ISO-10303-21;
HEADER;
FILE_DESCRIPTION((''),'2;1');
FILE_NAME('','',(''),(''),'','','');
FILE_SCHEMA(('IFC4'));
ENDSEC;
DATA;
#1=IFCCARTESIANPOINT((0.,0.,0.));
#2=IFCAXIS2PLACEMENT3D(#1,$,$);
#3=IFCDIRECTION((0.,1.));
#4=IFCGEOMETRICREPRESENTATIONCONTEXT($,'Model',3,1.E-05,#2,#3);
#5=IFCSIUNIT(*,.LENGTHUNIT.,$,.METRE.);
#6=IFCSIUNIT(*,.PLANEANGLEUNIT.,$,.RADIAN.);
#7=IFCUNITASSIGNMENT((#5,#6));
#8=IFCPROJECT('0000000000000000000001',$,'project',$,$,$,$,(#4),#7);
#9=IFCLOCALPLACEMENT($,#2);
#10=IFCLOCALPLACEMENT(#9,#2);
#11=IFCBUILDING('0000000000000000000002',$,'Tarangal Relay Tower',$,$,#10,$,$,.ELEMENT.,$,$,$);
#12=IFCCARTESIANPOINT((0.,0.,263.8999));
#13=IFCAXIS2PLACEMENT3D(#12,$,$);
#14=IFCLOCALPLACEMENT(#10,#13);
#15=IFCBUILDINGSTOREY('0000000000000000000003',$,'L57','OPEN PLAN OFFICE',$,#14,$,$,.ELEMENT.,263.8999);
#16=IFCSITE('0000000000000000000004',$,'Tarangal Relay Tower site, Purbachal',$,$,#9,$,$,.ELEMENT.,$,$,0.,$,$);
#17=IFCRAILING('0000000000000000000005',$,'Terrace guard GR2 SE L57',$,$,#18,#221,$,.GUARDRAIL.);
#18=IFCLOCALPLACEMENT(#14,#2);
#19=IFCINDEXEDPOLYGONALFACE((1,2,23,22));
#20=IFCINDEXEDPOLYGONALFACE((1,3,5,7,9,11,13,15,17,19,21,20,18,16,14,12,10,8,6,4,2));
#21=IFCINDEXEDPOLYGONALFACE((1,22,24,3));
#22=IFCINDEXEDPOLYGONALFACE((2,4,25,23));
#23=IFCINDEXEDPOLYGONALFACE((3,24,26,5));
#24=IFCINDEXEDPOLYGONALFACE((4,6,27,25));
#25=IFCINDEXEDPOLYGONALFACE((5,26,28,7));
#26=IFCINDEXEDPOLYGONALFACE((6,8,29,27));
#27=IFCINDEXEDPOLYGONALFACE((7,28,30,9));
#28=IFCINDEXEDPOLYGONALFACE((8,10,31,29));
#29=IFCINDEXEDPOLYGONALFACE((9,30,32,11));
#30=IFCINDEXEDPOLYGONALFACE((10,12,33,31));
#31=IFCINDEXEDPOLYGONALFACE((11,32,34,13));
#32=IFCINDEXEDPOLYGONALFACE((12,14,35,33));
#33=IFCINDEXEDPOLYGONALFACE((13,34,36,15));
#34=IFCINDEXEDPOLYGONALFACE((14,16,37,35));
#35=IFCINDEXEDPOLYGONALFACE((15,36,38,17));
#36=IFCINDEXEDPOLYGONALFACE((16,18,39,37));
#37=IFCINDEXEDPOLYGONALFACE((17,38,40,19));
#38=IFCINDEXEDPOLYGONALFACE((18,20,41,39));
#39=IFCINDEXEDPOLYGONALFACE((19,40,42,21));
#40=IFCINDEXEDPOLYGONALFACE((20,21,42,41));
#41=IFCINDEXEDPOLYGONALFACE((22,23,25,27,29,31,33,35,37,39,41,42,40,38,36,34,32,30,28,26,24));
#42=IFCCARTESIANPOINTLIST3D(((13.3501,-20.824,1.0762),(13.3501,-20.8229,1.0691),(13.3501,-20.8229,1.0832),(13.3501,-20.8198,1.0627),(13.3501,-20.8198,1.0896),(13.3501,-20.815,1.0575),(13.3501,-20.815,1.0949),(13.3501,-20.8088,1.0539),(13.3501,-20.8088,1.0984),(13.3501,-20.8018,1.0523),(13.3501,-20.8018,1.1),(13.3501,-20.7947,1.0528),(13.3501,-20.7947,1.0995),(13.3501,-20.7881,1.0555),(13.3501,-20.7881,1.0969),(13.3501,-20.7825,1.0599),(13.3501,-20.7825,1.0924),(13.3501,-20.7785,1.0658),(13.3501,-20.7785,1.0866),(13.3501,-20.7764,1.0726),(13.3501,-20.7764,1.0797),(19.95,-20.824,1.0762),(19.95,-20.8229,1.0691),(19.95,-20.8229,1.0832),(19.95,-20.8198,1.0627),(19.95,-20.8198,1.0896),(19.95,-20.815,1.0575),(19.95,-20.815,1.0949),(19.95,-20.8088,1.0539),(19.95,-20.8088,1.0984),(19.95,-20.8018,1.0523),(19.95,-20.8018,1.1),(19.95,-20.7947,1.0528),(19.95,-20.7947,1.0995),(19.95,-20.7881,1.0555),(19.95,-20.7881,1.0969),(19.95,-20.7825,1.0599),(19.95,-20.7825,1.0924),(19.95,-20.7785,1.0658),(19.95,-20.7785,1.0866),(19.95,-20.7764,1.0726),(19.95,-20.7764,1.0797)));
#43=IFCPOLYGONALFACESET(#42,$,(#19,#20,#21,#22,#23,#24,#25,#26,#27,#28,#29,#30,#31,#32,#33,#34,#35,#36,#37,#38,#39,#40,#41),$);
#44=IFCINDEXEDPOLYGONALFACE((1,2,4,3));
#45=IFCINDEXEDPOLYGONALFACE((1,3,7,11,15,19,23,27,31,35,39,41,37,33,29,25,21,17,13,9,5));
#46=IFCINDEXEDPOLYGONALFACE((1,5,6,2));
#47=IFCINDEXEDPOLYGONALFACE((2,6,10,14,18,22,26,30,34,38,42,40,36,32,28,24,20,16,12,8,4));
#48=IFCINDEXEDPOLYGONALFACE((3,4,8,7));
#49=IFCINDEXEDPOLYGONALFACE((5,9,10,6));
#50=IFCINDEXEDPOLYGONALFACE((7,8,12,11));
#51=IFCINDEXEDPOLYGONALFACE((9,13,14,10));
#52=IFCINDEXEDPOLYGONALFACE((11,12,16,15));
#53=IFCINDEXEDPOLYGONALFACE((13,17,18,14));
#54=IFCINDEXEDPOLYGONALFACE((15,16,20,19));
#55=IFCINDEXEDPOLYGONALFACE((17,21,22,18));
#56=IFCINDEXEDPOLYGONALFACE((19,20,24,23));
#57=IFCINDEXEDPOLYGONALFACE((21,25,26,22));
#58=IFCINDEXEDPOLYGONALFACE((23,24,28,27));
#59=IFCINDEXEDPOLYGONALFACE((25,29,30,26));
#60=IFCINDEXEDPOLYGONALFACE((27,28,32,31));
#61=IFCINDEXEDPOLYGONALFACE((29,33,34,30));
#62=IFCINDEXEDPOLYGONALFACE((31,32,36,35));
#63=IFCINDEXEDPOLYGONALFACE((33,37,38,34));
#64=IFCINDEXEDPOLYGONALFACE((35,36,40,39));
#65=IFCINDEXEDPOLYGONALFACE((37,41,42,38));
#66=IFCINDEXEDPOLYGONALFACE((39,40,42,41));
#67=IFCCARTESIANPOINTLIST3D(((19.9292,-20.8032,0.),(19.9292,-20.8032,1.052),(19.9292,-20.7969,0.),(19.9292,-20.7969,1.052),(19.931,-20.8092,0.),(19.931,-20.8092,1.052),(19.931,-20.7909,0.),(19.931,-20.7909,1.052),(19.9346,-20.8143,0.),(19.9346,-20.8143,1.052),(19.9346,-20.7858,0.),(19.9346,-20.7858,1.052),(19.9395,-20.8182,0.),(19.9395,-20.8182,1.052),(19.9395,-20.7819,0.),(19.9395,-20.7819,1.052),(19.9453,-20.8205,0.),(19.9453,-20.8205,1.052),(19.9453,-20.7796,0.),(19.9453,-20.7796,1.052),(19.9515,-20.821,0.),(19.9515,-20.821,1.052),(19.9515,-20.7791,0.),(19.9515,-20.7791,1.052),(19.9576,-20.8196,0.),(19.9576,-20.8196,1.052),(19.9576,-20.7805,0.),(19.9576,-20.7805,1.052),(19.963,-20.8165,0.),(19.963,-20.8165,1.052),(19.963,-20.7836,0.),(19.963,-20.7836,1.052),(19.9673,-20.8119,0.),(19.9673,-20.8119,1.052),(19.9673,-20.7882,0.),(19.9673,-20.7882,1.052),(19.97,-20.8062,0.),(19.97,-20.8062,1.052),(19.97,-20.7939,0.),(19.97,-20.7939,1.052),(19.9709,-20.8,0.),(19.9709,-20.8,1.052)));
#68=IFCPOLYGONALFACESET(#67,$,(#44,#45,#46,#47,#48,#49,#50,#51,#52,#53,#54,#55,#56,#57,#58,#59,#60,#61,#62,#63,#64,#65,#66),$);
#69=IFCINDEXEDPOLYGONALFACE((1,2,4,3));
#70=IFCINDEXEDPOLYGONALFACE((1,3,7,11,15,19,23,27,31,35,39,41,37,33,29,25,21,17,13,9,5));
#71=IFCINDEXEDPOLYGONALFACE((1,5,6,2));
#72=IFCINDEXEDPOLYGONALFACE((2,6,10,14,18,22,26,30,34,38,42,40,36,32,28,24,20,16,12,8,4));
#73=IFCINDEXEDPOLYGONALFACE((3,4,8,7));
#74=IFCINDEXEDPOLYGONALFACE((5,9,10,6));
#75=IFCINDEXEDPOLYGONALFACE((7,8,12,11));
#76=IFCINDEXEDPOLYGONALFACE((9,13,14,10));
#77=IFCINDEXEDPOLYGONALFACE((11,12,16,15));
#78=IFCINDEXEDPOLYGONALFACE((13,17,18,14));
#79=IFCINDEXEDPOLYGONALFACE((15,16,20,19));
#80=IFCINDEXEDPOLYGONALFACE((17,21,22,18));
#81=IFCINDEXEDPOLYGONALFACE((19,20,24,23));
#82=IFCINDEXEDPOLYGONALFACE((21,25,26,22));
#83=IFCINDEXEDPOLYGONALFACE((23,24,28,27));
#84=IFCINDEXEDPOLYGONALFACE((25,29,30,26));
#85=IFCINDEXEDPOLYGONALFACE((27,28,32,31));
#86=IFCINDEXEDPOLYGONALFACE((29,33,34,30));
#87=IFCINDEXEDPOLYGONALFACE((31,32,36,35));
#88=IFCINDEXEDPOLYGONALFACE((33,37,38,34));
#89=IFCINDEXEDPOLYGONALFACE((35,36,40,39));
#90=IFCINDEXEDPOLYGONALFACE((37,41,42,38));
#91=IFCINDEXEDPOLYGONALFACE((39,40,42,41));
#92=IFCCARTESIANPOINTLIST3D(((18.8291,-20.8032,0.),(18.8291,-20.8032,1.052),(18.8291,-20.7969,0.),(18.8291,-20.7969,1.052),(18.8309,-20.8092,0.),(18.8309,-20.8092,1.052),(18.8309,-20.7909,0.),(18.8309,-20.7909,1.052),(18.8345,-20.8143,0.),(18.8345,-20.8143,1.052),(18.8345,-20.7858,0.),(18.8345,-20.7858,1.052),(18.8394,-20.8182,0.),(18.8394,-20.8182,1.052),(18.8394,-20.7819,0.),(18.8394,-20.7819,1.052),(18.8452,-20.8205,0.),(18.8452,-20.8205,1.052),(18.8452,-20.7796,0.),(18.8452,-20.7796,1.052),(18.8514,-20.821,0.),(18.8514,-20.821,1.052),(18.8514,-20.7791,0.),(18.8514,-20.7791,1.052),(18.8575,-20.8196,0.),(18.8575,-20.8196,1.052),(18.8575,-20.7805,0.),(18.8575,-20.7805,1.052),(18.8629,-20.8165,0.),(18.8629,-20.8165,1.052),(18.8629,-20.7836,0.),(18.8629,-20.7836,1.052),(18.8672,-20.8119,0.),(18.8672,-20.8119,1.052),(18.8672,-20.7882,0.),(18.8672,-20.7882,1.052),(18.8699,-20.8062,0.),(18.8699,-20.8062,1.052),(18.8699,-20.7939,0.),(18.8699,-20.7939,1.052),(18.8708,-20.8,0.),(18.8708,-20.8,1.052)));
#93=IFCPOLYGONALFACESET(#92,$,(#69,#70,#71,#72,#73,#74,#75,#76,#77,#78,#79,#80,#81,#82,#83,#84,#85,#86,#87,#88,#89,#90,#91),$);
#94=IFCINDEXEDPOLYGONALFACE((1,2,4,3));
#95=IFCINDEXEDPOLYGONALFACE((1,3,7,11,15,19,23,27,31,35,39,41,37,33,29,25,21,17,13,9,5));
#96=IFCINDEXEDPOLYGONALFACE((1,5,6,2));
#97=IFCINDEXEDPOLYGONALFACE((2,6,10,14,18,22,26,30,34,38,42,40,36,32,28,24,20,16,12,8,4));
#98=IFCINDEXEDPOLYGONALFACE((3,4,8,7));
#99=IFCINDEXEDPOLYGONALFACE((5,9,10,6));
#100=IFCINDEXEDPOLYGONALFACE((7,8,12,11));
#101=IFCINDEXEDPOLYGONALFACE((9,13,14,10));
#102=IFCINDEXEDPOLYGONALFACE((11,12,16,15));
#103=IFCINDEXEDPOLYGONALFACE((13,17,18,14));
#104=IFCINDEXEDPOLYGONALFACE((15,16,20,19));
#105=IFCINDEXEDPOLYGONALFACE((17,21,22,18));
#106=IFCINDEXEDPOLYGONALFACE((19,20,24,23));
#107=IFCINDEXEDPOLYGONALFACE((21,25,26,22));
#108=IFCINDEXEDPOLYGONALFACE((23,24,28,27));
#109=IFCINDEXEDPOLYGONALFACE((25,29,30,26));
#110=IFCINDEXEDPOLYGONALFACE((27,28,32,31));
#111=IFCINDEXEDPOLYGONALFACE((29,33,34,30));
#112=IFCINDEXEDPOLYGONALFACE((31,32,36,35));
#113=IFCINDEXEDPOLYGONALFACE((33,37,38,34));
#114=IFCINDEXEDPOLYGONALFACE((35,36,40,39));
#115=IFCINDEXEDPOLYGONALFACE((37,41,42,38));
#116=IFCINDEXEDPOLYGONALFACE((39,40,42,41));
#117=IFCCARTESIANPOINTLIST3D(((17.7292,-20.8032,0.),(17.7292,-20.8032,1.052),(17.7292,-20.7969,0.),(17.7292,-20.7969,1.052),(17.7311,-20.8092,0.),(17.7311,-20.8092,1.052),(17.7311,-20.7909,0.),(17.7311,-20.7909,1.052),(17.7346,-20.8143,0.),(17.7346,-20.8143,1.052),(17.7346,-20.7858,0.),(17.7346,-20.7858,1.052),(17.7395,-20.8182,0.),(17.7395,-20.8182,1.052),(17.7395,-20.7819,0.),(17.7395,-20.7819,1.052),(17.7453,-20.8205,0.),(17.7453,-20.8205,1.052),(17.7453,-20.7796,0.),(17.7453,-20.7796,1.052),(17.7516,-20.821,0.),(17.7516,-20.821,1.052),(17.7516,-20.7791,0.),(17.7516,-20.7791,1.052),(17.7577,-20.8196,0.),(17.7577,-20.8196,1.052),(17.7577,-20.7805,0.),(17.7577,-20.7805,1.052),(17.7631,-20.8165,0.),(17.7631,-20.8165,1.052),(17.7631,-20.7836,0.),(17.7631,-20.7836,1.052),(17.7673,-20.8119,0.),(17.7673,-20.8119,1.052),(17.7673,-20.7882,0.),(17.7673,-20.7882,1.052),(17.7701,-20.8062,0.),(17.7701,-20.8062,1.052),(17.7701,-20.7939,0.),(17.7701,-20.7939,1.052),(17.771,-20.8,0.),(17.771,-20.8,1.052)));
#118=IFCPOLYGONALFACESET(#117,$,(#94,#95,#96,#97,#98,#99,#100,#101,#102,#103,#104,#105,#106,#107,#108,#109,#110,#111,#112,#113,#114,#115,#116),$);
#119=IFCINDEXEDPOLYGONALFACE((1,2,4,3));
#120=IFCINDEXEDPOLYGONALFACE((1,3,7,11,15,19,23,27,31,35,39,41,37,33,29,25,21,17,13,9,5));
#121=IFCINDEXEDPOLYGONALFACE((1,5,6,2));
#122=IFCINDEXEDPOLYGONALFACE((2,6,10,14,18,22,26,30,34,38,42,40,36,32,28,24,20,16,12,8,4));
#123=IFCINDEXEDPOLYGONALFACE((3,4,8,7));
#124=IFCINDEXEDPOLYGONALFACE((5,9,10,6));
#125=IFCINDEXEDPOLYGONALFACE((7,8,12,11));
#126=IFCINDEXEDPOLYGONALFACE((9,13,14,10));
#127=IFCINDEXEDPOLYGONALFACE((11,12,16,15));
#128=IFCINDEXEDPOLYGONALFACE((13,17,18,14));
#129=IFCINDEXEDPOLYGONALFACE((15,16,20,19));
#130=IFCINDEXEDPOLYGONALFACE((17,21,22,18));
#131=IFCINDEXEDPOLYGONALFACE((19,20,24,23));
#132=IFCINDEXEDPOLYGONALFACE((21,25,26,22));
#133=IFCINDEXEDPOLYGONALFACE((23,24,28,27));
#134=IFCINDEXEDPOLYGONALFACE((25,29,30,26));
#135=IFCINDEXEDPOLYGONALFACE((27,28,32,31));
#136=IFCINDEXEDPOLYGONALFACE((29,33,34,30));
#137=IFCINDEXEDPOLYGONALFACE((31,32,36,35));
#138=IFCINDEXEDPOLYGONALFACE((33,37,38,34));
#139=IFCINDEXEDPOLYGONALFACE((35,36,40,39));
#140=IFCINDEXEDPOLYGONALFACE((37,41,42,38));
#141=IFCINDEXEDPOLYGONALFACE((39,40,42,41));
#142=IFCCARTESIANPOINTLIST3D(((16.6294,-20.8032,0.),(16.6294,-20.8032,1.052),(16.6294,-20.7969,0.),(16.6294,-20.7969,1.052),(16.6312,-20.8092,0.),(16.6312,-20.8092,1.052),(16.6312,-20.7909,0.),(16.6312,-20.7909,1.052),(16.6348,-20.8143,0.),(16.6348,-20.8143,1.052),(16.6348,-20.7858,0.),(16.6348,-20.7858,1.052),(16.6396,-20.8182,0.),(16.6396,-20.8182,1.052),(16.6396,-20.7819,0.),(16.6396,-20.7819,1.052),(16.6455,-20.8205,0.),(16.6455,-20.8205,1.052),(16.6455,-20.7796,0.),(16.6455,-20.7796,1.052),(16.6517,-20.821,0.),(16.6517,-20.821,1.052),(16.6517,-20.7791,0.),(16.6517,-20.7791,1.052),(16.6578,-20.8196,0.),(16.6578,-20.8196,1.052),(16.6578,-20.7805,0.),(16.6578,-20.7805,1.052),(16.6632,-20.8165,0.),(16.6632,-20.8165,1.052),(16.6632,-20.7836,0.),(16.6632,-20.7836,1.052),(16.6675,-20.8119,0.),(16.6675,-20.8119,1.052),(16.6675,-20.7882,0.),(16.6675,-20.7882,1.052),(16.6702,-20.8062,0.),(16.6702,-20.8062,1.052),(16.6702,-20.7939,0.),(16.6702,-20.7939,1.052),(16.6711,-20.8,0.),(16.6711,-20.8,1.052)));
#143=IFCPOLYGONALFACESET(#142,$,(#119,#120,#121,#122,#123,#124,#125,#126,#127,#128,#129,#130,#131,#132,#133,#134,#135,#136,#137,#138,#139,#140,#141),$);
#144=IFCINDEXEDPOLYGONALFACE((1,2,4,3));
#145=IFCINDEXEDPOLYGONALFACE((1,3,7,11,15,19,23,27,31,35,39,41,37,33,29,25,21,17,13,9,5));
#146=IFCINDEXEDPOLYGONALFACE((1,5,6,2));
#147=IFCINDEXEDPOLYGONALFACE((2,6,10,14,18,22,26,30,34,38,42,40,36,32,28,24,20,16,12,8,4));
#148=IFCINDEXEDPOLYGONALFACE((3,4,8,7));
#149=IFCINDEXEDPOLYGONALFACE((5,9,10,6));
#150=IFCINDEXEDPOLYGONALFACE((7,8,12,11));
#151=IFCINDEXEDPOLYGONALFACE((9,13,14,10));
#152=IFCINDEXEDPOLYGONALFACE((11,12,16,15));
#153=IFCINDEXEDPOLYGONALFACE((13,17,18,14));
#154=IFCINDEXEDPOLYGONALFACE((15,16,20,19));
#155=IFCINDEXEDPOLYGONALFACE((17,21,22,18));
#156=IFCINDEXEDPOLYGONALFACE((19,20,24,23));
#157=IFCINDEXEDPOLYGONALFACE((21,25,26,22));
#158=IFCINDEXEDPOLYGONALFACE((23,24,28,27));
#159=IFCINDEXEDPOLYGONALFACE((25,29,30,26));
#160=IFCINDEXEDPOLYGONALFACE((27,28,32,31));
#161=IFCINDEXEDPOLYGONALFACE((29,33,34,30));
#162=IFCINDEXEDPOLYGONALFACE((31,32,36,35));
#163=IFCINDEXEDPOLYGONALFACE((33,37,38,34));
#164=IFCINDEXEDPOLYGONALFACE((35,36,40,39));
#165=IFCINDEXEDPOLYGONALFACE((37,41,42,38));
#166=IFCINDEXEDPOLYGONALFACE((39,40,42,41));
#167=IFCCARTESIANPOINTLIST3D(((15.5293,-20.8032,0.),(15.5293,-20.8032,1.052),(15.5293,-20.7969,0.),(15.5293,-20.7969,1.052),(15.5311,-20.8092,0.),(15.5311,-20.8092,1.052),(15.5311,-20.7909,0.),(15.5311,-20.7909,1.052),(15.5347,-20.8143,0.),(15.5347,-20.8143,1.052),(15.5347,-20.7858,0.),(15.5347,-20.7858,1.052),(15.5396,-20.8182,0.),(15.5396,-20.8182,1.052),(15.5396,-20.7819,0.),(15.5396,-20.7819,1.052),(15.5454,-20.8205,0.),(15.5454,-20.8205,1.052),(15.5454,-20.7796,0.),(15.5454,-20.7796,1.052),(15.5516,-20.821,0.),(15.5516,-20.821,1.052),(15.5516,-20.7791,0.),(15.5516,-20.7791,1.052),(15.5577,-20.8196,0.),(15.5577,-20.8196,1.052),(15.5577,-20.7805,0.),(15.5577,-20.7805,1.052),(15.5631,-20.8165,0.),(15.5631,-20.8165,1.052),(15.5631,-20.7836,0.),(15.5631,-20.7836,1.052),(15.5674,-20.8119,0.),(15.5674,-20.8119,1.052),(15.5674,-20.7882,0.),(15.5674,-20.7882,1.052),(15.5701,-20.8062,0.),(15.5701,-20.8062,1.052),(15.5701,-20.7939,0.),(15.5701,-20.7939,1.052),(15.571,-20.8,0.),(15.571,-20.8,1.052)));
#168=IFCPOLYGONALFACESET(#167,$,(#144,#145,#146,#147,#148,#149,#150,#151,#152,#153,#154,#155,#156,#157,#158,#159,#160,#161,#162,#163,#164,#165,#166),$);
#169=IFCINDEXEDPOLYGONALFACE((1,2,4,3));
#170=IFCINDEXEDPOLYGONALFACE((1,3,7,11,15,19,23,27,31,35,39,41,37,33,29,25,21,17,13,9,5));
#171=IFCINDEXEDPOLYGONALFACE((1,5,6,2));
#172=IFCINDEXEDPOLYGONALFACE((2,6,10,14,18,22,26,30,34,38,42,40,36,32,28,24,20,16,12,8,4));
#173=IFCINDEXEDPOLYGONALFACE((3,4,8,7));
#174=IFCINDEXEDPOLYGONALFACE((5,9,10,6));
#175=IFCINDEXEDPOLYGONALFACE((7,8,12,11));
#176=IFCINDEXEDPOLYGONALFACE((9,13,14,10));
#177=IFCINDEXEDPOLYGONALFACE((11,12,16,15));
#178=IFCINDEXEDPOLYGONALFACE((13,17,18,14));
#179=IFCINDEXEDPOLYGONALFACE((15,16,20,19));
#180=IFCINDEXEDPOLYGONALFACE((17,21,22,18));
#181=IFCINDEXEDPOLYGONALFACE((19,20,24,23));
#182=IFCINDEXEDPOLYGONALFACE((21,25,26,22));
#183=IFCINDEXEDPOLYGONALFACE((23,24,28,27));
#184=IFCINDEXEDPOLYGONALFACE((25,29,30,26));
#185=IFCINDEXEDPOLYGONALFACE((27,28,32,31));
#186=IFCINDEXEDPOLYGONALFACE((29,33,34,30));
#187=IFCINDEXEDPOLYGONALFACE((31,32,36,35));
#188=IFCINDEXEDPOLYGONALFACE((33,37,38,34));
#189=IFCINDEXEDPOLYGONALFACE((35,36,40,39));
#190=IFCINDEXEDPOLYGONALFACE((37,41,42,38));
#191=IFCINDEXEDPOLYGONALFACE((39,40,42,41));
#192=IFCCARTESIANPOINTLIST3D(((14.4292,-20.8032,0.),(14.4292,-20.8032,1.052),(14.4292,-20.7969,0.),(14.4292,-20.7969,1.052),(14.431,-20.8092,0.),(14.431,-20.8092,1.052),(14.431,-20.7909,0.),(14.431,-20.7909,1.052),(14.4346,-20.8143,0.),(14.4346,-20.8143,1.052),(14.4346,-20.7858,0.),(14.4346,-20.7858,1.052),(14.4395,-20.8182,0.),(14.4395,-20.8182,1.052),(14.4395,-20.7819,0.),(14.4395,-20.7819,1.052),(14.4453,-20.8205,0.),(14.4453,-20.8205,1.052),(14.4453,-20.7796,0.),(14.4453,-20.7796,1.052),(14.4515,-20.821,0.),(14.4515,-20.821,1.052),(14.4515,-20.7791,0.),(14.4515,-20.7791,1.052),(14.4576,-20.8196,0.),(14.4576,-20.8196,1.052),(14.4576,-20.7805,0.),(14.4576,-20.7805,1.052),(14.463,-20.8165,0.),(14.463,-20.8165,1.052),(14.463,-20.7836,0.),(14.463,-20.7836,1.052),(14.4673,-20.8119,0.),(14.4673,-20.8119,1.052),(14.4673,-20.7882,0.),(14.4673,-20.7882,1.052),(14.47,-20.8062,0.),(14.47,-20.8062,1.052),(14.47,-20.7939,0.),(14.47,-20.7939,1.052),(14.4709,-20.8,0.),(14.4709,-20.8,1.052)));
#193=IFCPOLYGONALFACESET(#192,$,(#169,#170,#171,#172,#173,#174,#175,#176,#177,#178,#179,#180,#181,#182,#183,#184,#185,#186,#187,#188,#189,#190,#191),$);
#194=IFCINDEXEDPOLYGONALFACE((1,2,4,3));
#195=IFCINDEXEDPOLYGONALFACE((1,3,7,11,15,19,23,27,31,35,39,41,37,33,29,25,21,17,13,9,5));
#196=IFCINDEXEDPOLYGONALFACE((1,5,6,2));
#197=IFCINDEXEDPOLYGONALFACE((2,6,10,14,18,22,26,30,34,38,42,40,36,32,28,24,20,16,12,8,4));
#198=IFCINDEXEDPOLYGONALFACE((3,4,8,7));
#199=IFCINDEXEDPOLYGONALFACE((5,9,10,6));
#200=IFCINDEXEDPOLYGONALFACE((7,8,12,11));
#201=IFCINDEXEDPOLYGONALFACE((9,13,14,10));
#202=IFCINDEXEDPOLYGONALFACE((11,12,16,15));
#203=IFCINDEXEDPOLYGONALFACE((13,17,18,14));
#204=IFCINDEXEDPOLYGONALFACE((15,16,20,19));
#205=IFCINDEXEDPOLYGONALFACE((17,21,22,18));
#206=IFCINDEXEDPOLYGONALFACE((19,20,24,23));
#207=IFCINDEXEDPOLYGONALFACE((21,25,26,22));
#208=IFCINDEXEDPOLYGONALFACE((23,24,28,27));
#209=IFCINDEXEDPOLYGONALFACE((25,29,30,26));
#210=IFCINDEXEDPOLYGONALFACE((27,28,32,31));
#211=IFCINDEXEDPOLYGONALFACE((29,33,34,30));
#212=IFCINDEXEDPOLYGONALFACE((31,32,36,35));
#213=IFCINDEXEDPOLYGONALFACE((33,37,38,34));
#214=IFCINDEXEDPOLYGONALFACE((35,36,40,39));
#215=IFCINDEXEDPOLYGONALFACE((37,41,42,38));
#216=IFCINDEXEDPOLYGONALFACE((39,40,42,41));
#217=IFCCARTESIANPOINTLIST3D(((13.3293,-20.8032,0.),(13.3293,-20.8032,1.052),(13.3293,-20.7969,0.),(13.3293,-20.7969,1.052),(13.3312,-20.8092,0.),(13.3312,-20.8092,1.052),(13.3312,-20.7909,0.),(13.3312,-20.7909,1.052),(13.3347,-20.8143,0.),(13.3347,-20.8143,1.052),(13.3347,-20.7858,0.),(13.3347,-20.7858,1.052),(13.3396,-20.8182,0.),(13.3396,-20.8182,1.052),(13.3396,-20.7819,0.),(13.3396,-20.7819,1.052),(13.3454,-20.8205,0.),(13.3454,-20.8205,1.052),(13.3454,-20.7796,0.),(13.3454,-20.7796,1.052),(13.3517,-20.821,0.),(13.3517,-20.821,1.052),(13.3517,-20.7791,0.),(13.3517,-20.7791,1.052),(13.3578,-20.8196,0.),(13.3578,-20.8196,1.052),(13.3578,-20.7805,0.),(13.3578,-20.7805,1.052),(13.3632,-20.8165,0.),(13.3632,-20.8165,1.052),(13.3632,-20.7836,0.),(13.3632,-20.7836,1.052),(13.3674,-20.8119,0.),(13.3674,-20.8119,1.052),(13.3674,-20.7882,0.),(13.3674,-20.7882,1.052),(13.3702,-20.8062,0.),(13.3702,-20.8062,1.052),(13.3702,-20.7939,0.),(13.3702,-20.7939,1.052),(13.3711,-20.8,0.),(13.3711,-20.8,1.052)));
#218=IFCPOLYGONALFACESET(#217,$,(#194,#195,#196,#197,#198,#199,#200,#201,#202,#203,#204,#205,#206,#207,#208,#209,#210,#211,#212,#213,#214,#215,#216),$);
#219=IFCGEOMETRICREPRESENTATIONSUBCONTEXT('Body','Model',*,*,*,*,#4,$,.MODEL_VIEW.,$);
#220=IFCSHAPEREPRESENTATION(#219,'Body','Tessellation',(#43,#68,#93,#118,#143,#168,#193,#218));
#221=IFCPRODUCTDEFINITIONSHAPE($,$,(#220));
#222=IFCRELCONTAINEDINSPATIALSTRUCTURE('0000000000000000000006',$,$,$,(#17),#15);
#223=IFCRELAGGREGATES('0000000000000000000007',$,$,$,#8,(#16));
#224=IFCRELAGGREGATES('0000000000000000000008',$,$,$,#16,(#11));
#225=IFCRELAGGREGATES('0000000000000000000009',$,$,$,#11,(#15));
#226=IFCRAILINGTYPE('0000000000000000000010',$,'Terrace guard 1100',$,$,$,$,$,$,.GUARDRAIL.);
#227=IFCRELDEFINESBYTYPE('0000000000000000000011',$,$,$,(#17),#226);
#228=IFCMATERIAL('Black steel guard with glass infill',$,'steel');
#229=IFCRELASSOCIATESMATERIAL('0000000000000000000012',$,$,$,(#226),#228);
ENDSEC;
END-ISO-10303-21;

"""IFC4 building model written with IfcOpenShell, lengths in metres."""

from ifc_helpers import new_model, si_unit, direction, frame, origin, origin_2d, place, context, subcontext, project, spatial, circle, extrude, material, type_object, element, save


model = new_model("IFC4")

# Units and contexts
model_context = context("Model", 3, precision=1e-05, world=origin(), true_north=direction((0.0, 1.0)))
body_context = subcontext(model_context, "Body", "Model", "MODEL_VIEW")
ifc_project = project(units=[si_unit("LENGTHUNIT", "METRE"), si_unit("PLANEANGLEUNIT", "RADIAN")], contexts=[model_context])

# Site, building, storey
site_placement = place(None, origin())
site = spatial("IfcSite", under=ifc_project, at=site_placement, Name="Tarangal Relay Tower site, Purbachal", CompositionType="ELEMENT", RefElevation=0.0)
building_placement = place(site_placement, origin())
building = spatial("IfcBuilding", under=site, at=building_placement, Name="Tarangal Relay Tower", CompositionType="ELEMENT")
storey_placement = place(building_placement, frame((0.0, 0.0, 263.8999)))
storey = spatial("IfcBuildingStorey", under=building, at=storey_placement, Name="L57", Description="OPEN PLAN OFFICE", CompositionType="ELEMENT", Elevation=263.8999)

# Railing
ifc_material_1 = material(Name="Black steel guard with glass infill", Category="steel")
railing_type = type_object("IfcRailingType", Name="Terrace guard 1100", PredefinedType="GUARDRAIL", material=ifc_material_1)
railing_1_placement = place(storey_placement, frame((19.95, -20.8, 0.0)))
element("IfcRailing", 1, at=railing_1_placement, inside=storey, type_object=railing_type, Name="Terrace guard GR2 SE L57", PredefinedType="GUARDRAIL", context=body_context, shape_type="SweptSolid", body=[
    extrude(circle(Radius=0.0239, at=origin_2d()), frame((0.0, 0.0, 1.0762), z_axis=(-1.0, 0.0, 0.0), x_axis=(0.0, -1.0, 0.0)), (0.0, 0.0, 1.0), 6.5999),
    extrude(circle(Radius=0.021, at=origin_2d()), origin(), (0.0, 0.0, 1.0), 1.052),
    extrude(circle(Radius=0.021, at=origin_2d()), frame((-1.1001, 0.0, 0.0)), (0.0, 0.0, 1.0), 1.052),
    extrude(circle(Radius=0.021, at=origin_2d()), frame((-2.2, 0.0, 0.0)), (0.0, 0.0, 1.0), 1.052),
    extrude(circle(Radius=0.021, at=origin_2d()), frame((-3.2998, 0.0, 0.0)), (0.0, 0.0, 1.0), 1.052),
    extrude(circle(Radius=0.021, at=origin_2d()), frame((-4.3999, 0.0, 0.0)), (0.0, 0.0, 1.0), 1.052),
    extrude(circle(Radius=0.021, at=origin_2d()), frame((-5.5, 0.0, 0.0)), (0.0, 0.0, 1.0), 1.052),
    extrude(circle(Radius=0.021, at=origin_2d()), frame((-6.5999, 0.0, 0.0)), (0.0, 0.0, 1.0), 1.052),
])

save(model, "model.ifc")
